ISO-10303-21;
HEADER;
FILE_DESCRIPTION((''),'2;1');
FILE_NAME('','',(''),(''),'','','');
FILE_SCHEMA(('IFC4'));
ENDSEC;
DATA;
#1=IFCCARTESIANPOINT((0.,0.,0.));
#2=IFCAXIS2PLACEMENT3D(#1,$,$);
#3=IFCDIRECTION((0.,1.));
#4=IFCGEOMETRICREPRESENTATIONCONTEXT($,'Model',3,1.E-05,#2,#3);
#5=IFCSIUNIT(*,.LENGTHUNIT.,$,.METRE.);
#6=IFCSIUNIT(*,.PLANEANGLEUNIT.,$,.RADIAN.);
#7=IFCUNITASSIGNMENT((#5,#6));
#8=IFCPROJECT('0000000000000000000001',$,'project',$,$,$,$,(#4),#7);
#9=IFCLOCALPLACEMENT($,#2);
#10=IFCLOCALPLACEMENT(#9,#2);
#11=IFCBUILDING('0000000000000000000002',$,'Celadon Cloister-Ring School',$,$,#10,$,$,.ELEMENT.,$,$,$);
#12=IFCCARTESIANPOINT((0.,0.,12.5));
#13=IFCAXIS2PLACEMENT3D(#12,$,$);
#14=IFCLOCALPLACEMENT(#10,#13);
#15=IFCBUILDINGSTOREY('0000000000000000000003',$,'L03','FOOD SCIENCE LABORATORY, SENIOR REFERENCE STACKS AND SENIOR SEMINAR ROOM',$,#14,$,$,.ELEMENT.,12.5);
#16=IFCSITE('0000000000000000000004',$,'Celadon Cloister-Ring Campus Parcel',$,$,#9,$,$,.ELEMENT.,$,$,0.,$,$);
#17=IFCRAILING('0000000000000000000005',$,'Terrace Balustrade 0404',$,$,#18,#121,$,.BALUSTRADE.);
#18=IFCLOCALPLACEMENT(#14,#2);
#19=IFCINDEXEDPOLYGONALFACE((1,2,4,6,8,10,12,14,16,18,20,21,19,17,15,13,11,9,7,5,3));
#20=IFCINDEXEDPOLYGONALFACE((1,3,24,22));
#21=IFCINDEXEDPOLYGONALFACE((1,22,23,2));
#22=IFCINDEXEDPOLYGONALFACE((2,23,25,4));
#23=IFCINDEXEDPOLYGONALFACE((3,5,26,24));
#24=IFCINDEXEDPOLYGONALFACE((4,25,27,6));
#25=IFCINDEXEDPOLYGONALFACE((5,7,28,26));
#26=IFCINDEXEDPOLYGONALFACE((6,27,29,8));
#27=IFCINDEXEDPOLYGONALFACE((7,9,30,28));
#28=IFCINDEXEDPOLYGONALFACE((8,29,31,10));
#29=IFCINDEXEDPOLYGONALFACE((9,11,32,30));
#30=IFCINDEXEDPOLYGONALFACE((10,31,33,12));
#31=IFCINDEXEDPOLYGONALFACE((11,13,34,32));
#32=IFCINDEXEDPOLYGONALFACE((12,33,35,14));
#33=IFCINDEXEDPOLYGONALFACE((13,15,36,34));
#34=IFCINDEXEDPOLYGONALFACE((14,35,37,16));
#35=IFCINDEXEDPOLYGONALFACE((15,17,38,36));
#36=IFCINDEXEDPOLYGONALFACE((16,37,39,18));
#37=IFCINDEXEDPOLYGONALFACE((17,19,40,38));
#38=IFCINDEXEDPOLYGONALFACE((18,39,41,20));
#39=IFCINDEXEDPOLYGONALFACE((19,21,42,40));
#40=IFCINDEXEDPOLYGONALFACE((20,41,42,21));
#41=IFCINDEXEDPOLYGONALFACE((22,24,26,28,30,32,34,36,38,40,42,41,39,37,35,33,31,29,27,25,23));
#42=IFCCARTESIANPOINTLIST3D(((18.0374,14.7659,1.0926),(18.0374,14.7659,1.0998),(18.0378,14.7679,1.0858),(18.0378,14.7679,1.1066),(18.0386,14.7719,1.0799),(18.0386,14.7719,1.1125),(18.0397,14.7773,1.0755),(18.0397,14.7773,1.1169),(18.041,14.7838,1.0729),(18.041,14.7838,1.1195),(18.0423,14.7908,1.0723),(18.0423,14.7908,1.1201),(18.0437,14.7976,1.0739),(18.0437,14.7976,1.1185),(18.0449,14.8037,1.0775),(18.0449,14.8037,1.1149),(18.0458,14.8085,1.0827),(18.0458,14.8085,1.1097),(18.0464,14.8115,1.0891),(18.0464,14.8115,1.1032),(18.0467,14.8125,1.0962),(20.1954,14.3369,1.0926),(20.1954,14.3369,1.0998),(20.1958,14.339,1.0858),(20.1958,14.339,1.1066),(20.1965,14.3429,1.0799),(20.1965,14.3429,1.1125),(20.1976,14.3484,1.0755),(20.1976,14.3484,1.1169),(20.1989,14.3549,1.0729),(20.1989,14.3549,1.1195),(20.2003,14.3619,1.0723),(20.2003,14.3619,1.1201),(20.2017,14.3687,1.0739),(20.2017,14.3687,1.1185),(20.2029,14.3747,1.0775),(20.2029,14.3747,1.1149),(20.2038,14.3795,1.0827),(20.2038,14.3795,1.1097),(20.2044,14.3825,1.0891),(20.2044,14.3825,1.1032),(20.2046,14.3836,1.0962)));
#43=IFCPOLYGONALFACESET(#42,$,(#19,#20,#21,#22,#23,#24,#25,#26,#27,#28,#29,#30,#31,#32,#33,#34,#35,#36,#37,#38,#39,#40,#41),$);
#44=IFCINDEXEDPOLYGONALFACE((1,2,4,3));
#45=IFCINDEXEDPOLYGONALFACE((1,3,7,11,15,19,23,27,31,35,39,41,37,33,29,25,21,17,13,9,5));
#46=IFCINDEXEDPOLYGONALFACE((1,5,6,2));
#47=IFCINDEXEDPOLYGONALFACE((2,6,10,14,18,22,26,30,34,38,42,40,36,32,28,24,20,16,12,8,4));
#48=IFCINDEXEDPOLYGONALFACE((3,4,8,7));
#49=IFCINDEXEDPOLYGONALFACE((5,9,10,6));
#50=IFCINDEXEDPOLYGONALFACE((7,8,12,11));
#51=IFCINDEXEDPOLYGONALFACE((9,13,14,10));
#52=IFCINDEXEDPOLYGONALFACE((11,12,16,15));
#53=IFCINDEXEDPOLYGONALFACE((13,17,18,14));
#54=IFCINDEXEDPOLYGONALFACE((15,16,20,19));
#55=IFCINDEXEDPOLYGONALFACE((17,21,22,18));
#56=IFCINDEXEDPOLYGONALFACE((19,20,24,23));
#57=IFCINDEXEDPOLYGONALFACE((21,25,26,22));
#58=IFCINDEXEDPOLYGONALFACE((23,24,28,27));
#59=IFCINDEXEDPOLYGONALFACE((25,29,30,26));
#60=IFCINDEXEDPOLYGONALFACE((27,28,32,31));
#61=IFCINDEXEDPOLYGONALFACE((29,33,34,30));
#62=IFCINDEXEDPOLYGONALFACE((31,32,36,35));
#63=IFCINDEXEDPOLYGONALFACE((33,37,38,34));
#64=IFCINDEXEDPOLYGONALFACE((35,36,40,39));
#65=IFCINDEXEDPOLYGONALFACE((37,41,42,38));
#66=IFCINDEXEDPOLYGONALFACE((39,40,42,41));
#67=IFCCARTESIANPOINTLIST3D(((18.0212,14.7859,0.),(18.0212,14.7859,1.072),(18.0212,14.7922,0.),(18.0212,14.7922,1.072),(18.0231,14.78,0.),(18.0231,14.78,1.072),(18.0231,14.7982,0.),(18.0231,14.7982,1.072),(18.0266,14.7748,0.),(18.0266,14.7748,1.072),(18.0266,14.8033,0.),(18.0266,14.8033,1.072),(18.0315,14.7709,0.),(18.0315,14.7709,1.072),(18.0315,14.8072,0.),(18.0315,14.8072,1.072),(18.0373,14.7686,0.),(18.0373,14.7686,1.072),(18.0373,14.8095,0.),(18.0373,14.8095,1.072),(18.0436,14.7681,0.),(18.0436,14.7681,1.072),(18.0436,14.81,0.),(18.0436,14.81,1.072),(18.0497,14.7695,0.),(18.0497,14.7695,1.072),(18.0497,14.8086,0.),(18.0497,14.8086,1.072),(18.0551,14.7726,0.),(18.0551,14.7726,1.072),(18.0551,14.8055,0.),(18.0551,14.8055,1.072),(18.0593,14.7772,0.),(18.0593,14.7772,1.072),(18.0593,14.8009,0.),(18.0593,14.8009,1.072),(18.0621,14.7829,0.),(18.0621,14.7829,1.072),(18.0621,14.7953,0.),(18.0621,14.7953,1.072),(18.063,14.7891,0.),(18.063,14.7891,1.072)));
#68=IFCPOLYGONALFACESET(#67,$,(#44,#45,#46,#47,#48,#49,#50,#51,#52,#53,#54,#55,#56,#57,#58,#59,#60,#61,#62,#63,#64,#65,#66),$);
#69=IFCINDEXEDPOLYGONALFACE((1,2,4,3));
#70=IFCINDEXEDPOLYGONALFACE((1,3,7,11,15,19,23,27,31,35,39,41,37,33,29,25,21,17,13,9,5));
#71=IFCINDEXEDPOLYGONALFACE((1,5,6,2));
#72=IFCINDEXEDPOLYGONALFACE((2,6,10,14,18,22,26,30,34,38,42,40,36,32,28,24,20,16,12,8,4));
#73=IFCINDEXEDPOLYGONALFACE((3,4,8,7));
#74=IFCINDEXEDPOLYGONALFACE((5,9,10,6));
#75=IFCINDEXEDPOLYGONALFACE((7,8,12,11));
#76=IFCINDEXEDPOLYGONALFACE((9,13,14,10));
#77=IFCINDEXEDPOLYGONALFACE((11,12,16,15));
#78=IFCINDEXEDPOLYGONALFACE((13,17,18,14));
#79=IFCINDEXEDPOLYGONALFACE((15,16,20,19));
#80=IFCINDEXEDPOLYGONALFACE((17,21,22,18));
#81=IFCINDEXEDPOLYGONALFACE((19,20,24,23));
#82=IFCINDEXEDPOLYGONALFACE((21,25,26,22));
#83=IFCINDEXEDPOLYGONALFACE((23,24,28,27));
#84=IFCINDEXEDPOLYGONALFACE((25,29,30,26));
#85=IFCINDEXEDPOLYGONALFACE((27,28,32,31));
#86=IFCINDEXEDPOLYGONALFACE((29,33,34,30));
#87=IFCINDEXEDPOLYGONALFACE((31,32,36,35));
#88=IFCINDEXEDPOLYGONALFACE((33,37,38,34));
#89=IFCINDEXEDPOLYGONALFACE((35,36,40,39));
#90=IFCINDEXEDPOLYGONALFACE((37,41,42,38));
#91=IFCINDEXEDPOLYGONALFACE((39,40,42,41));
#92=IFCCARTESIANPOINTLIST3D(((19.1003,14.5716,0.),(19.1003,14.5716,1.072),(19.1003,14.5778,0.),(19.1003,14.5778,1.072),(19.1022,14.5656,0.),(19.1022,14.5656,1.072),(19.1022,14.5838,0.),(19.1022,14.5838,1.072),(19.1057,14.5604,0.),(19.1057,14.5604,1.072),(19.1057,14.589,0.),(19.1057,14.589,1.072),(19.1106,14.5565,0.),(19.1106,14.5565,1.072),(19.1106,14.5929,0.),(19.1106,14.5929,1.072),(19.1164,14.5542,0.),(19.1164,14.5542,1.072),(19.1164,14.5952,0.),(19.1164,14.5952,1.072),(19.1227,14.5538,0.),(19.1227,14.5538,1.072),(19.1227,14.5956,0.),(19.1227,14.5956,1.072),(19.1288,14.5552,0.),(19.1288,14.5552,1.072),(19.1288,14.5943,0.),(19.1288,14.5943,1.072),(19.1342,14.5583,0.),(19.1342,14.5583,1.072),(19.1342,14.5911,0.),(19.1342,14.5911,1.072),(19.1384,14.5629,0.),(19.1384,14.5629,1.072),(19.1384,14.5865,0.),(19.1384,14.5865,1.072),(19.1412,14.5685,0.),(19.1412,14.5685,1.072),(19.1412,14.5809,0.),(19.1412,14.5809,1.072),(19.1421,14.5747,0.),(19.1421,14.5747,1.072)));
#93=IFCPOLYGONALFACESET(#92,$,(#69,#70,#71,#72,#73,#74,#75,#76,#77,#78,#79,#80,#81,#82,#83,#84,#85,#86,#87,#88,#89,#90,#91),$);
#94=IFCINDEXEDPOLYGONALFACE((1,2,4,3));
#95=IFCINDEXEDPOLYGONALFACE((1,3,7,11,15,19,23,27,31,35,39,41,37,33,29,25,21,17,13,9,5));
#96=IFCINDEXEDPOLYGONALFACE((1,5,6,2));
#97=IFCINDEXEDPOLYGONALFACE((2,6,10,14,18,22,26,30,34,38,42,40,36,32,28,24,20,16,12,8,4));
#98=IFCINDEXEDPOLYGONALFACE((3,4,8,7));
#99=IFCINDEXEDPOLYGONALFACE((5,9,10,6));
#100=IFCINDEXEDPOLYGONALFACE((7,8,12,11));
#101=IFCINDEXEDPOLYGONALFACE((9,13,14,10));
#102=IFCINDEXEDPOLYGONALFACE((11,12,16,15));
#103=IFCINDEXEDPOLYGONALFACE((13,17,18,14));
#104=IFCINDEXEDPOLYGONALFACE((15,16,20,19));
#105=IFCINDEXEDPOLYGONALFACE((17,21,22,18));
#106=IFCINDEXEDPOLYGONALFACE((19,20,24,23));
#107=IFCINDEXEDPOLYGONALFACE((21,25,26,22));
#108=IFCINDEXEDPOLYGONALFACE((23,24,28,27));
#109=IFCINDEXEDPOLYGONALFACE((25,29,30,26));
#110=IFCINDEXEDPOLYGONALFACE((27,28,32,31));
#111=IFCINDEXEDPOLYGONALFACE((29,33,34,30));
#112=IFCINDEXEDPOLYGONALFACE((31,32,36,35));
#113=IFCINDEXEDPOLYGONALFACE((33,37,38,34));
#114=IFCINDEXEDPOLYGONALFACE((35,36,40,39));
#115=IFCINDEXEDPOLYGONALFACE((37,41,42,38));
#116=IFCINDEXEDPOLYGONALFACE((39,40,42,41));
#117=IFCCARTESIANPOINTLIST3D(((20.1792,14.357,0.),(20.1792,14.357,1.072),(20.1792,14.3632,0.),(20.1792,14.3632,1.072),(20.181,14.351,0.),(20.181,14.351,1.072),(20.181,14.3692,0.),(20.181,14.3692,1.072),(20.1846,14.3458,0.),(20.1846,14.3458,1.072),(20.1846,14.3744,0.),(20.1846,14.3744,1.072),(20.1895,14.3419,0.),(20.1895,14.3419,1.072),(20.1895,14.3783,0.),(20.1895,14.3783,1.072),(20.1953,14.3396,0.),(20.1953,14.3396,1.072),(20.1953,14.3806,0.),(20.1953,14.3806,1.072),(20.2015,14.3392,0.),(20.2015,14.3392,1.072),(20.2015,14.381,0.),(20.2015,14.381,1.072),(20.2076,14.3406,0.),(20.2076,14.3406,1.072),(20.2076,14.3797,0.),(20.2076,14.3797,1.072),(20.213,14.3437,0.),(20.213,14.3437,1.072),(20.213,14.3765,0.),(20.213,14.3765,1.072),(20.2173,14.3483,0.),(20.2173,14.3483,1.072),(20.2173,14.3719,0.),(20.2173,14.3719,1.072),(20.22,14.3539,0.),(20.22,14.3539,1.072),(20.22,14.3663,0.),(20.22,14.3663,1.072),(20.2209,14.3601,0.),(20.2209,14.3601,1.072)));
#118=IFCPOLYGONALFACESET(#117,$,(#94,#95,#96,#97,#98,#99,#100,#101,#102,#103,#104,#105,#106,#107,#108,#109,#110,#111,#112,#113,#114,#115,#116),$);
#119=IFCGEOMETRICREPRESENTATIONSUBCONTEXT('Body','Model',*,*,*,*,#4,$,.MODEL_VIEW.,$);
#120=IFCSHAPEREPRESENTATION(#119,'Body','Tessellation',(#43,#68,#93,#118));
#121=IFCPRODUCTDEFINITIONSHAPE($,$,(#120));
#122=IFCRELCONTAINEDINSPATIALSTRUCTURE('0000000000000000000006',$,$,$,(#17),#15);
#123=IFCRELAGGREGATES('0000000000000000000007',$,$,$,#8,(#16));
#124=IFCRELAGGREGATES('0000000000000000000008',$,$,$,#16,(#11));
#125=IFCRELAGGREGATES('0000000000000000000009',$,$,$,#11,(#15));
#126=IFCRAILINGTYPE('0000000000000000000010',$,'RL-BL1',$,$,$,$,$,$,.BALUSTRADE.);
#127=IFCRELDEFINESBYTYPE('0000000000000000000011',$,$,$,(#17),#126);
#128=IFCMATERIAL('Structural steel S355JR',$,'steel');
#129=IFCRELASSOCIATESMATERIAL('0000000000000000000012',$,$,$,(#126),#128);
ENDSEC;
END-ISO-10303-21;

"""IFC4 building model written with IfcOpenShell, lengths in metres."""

from ifc_helpers import new_model, si_unit, direction, frame, origin, origin_2d, place, context, subcontext, project, spatial, circle, extrude, material, type_object, element, save


model = new_model("IFC4")

# Units and contexts
model_context = context("Model", 3, precision=1e-05, world=origin(), true_north=direction((0.0, 1.0)))
body_context = subcontext(model_context, "Body", "Model", "MODEL_VIEW")
ifc_project = project(units=[si_unit("LENGTHUNIT", "METRE"), si_unit("PLANEANGLEUNIT", "RADIAN")], contexts=[model_context])

# Site, building, storey
site_placement = place(None, origin())
site = spatial("IfcSite", under=ifc_project, at=site_placement, Name="Celadon Cloister-Ring Campus Parcel", CompositionType="ELEMENT", RefElevation=0.0)
building_placement = place(site_placement, origin())
building = spatial("IfcBuilding", under=site, at=building_placement, Name="Celadon Cloister-Ring School", CompositionType="ELEMENT")
storey_placement = place(building_placement, frame((0.0, 0.0, 12.5)))
storey = spatial("IfcBuildingStorey", under=building, at=storey_placement, Name="L03", Description="FOOD SCIENCE LABORATORY, SENIOR REFERENCE STACKS AND SENIOR SEMINAR ROOM", CompositionType="ELEMENT", Elevation=12.5)

# Railing
ifc_material_1 = material(Name="Structural steel S355JR", Category="steel")
railing_type = type_object("IfcRailingType", Name="RL-BL1", PredefinedType="BALUSTRADE", material=ifc_material_1)
railing_1_placement = place(storey_placement, frame((18.042, 14.7891, 0.0)))
element("IfcRailing", 1, at=railing_1_placement, inside=storey, type_object=railing_type, Name="Terrace Balustrade 0404", PredefinedType="BALUSTRADE", context=body_context, shape_type="SweptSolid", body=[
    extrude(circle(Radius=0.0239, at=origin_2d()), frame((0.0, 0.0, 1.0962), z_axis=(0.98081, -0.194964, 0.0), x_axis=(0.194964, 0.98081, 0.0)), (0.0, 0.0, 1.0), 2.2002),
    extrude(circle(Radius=0.021, at=origin_2d()), origin(), (0.0, 0.0, 1.0), 1.072),
    extrude(circle(Radius=0.021, at=origin_2d()), frame((1.0791, -0.2144, 0.0)), (0.0, 0.0, 1.0), 1.072),
    extrude(circle(Radius=0.021, at=origin_2d()), frame((2.158, -0.429, 0.0)), (0.0, 0.0, 1.0), 1.072),
])

save(model, "model.ifc")
